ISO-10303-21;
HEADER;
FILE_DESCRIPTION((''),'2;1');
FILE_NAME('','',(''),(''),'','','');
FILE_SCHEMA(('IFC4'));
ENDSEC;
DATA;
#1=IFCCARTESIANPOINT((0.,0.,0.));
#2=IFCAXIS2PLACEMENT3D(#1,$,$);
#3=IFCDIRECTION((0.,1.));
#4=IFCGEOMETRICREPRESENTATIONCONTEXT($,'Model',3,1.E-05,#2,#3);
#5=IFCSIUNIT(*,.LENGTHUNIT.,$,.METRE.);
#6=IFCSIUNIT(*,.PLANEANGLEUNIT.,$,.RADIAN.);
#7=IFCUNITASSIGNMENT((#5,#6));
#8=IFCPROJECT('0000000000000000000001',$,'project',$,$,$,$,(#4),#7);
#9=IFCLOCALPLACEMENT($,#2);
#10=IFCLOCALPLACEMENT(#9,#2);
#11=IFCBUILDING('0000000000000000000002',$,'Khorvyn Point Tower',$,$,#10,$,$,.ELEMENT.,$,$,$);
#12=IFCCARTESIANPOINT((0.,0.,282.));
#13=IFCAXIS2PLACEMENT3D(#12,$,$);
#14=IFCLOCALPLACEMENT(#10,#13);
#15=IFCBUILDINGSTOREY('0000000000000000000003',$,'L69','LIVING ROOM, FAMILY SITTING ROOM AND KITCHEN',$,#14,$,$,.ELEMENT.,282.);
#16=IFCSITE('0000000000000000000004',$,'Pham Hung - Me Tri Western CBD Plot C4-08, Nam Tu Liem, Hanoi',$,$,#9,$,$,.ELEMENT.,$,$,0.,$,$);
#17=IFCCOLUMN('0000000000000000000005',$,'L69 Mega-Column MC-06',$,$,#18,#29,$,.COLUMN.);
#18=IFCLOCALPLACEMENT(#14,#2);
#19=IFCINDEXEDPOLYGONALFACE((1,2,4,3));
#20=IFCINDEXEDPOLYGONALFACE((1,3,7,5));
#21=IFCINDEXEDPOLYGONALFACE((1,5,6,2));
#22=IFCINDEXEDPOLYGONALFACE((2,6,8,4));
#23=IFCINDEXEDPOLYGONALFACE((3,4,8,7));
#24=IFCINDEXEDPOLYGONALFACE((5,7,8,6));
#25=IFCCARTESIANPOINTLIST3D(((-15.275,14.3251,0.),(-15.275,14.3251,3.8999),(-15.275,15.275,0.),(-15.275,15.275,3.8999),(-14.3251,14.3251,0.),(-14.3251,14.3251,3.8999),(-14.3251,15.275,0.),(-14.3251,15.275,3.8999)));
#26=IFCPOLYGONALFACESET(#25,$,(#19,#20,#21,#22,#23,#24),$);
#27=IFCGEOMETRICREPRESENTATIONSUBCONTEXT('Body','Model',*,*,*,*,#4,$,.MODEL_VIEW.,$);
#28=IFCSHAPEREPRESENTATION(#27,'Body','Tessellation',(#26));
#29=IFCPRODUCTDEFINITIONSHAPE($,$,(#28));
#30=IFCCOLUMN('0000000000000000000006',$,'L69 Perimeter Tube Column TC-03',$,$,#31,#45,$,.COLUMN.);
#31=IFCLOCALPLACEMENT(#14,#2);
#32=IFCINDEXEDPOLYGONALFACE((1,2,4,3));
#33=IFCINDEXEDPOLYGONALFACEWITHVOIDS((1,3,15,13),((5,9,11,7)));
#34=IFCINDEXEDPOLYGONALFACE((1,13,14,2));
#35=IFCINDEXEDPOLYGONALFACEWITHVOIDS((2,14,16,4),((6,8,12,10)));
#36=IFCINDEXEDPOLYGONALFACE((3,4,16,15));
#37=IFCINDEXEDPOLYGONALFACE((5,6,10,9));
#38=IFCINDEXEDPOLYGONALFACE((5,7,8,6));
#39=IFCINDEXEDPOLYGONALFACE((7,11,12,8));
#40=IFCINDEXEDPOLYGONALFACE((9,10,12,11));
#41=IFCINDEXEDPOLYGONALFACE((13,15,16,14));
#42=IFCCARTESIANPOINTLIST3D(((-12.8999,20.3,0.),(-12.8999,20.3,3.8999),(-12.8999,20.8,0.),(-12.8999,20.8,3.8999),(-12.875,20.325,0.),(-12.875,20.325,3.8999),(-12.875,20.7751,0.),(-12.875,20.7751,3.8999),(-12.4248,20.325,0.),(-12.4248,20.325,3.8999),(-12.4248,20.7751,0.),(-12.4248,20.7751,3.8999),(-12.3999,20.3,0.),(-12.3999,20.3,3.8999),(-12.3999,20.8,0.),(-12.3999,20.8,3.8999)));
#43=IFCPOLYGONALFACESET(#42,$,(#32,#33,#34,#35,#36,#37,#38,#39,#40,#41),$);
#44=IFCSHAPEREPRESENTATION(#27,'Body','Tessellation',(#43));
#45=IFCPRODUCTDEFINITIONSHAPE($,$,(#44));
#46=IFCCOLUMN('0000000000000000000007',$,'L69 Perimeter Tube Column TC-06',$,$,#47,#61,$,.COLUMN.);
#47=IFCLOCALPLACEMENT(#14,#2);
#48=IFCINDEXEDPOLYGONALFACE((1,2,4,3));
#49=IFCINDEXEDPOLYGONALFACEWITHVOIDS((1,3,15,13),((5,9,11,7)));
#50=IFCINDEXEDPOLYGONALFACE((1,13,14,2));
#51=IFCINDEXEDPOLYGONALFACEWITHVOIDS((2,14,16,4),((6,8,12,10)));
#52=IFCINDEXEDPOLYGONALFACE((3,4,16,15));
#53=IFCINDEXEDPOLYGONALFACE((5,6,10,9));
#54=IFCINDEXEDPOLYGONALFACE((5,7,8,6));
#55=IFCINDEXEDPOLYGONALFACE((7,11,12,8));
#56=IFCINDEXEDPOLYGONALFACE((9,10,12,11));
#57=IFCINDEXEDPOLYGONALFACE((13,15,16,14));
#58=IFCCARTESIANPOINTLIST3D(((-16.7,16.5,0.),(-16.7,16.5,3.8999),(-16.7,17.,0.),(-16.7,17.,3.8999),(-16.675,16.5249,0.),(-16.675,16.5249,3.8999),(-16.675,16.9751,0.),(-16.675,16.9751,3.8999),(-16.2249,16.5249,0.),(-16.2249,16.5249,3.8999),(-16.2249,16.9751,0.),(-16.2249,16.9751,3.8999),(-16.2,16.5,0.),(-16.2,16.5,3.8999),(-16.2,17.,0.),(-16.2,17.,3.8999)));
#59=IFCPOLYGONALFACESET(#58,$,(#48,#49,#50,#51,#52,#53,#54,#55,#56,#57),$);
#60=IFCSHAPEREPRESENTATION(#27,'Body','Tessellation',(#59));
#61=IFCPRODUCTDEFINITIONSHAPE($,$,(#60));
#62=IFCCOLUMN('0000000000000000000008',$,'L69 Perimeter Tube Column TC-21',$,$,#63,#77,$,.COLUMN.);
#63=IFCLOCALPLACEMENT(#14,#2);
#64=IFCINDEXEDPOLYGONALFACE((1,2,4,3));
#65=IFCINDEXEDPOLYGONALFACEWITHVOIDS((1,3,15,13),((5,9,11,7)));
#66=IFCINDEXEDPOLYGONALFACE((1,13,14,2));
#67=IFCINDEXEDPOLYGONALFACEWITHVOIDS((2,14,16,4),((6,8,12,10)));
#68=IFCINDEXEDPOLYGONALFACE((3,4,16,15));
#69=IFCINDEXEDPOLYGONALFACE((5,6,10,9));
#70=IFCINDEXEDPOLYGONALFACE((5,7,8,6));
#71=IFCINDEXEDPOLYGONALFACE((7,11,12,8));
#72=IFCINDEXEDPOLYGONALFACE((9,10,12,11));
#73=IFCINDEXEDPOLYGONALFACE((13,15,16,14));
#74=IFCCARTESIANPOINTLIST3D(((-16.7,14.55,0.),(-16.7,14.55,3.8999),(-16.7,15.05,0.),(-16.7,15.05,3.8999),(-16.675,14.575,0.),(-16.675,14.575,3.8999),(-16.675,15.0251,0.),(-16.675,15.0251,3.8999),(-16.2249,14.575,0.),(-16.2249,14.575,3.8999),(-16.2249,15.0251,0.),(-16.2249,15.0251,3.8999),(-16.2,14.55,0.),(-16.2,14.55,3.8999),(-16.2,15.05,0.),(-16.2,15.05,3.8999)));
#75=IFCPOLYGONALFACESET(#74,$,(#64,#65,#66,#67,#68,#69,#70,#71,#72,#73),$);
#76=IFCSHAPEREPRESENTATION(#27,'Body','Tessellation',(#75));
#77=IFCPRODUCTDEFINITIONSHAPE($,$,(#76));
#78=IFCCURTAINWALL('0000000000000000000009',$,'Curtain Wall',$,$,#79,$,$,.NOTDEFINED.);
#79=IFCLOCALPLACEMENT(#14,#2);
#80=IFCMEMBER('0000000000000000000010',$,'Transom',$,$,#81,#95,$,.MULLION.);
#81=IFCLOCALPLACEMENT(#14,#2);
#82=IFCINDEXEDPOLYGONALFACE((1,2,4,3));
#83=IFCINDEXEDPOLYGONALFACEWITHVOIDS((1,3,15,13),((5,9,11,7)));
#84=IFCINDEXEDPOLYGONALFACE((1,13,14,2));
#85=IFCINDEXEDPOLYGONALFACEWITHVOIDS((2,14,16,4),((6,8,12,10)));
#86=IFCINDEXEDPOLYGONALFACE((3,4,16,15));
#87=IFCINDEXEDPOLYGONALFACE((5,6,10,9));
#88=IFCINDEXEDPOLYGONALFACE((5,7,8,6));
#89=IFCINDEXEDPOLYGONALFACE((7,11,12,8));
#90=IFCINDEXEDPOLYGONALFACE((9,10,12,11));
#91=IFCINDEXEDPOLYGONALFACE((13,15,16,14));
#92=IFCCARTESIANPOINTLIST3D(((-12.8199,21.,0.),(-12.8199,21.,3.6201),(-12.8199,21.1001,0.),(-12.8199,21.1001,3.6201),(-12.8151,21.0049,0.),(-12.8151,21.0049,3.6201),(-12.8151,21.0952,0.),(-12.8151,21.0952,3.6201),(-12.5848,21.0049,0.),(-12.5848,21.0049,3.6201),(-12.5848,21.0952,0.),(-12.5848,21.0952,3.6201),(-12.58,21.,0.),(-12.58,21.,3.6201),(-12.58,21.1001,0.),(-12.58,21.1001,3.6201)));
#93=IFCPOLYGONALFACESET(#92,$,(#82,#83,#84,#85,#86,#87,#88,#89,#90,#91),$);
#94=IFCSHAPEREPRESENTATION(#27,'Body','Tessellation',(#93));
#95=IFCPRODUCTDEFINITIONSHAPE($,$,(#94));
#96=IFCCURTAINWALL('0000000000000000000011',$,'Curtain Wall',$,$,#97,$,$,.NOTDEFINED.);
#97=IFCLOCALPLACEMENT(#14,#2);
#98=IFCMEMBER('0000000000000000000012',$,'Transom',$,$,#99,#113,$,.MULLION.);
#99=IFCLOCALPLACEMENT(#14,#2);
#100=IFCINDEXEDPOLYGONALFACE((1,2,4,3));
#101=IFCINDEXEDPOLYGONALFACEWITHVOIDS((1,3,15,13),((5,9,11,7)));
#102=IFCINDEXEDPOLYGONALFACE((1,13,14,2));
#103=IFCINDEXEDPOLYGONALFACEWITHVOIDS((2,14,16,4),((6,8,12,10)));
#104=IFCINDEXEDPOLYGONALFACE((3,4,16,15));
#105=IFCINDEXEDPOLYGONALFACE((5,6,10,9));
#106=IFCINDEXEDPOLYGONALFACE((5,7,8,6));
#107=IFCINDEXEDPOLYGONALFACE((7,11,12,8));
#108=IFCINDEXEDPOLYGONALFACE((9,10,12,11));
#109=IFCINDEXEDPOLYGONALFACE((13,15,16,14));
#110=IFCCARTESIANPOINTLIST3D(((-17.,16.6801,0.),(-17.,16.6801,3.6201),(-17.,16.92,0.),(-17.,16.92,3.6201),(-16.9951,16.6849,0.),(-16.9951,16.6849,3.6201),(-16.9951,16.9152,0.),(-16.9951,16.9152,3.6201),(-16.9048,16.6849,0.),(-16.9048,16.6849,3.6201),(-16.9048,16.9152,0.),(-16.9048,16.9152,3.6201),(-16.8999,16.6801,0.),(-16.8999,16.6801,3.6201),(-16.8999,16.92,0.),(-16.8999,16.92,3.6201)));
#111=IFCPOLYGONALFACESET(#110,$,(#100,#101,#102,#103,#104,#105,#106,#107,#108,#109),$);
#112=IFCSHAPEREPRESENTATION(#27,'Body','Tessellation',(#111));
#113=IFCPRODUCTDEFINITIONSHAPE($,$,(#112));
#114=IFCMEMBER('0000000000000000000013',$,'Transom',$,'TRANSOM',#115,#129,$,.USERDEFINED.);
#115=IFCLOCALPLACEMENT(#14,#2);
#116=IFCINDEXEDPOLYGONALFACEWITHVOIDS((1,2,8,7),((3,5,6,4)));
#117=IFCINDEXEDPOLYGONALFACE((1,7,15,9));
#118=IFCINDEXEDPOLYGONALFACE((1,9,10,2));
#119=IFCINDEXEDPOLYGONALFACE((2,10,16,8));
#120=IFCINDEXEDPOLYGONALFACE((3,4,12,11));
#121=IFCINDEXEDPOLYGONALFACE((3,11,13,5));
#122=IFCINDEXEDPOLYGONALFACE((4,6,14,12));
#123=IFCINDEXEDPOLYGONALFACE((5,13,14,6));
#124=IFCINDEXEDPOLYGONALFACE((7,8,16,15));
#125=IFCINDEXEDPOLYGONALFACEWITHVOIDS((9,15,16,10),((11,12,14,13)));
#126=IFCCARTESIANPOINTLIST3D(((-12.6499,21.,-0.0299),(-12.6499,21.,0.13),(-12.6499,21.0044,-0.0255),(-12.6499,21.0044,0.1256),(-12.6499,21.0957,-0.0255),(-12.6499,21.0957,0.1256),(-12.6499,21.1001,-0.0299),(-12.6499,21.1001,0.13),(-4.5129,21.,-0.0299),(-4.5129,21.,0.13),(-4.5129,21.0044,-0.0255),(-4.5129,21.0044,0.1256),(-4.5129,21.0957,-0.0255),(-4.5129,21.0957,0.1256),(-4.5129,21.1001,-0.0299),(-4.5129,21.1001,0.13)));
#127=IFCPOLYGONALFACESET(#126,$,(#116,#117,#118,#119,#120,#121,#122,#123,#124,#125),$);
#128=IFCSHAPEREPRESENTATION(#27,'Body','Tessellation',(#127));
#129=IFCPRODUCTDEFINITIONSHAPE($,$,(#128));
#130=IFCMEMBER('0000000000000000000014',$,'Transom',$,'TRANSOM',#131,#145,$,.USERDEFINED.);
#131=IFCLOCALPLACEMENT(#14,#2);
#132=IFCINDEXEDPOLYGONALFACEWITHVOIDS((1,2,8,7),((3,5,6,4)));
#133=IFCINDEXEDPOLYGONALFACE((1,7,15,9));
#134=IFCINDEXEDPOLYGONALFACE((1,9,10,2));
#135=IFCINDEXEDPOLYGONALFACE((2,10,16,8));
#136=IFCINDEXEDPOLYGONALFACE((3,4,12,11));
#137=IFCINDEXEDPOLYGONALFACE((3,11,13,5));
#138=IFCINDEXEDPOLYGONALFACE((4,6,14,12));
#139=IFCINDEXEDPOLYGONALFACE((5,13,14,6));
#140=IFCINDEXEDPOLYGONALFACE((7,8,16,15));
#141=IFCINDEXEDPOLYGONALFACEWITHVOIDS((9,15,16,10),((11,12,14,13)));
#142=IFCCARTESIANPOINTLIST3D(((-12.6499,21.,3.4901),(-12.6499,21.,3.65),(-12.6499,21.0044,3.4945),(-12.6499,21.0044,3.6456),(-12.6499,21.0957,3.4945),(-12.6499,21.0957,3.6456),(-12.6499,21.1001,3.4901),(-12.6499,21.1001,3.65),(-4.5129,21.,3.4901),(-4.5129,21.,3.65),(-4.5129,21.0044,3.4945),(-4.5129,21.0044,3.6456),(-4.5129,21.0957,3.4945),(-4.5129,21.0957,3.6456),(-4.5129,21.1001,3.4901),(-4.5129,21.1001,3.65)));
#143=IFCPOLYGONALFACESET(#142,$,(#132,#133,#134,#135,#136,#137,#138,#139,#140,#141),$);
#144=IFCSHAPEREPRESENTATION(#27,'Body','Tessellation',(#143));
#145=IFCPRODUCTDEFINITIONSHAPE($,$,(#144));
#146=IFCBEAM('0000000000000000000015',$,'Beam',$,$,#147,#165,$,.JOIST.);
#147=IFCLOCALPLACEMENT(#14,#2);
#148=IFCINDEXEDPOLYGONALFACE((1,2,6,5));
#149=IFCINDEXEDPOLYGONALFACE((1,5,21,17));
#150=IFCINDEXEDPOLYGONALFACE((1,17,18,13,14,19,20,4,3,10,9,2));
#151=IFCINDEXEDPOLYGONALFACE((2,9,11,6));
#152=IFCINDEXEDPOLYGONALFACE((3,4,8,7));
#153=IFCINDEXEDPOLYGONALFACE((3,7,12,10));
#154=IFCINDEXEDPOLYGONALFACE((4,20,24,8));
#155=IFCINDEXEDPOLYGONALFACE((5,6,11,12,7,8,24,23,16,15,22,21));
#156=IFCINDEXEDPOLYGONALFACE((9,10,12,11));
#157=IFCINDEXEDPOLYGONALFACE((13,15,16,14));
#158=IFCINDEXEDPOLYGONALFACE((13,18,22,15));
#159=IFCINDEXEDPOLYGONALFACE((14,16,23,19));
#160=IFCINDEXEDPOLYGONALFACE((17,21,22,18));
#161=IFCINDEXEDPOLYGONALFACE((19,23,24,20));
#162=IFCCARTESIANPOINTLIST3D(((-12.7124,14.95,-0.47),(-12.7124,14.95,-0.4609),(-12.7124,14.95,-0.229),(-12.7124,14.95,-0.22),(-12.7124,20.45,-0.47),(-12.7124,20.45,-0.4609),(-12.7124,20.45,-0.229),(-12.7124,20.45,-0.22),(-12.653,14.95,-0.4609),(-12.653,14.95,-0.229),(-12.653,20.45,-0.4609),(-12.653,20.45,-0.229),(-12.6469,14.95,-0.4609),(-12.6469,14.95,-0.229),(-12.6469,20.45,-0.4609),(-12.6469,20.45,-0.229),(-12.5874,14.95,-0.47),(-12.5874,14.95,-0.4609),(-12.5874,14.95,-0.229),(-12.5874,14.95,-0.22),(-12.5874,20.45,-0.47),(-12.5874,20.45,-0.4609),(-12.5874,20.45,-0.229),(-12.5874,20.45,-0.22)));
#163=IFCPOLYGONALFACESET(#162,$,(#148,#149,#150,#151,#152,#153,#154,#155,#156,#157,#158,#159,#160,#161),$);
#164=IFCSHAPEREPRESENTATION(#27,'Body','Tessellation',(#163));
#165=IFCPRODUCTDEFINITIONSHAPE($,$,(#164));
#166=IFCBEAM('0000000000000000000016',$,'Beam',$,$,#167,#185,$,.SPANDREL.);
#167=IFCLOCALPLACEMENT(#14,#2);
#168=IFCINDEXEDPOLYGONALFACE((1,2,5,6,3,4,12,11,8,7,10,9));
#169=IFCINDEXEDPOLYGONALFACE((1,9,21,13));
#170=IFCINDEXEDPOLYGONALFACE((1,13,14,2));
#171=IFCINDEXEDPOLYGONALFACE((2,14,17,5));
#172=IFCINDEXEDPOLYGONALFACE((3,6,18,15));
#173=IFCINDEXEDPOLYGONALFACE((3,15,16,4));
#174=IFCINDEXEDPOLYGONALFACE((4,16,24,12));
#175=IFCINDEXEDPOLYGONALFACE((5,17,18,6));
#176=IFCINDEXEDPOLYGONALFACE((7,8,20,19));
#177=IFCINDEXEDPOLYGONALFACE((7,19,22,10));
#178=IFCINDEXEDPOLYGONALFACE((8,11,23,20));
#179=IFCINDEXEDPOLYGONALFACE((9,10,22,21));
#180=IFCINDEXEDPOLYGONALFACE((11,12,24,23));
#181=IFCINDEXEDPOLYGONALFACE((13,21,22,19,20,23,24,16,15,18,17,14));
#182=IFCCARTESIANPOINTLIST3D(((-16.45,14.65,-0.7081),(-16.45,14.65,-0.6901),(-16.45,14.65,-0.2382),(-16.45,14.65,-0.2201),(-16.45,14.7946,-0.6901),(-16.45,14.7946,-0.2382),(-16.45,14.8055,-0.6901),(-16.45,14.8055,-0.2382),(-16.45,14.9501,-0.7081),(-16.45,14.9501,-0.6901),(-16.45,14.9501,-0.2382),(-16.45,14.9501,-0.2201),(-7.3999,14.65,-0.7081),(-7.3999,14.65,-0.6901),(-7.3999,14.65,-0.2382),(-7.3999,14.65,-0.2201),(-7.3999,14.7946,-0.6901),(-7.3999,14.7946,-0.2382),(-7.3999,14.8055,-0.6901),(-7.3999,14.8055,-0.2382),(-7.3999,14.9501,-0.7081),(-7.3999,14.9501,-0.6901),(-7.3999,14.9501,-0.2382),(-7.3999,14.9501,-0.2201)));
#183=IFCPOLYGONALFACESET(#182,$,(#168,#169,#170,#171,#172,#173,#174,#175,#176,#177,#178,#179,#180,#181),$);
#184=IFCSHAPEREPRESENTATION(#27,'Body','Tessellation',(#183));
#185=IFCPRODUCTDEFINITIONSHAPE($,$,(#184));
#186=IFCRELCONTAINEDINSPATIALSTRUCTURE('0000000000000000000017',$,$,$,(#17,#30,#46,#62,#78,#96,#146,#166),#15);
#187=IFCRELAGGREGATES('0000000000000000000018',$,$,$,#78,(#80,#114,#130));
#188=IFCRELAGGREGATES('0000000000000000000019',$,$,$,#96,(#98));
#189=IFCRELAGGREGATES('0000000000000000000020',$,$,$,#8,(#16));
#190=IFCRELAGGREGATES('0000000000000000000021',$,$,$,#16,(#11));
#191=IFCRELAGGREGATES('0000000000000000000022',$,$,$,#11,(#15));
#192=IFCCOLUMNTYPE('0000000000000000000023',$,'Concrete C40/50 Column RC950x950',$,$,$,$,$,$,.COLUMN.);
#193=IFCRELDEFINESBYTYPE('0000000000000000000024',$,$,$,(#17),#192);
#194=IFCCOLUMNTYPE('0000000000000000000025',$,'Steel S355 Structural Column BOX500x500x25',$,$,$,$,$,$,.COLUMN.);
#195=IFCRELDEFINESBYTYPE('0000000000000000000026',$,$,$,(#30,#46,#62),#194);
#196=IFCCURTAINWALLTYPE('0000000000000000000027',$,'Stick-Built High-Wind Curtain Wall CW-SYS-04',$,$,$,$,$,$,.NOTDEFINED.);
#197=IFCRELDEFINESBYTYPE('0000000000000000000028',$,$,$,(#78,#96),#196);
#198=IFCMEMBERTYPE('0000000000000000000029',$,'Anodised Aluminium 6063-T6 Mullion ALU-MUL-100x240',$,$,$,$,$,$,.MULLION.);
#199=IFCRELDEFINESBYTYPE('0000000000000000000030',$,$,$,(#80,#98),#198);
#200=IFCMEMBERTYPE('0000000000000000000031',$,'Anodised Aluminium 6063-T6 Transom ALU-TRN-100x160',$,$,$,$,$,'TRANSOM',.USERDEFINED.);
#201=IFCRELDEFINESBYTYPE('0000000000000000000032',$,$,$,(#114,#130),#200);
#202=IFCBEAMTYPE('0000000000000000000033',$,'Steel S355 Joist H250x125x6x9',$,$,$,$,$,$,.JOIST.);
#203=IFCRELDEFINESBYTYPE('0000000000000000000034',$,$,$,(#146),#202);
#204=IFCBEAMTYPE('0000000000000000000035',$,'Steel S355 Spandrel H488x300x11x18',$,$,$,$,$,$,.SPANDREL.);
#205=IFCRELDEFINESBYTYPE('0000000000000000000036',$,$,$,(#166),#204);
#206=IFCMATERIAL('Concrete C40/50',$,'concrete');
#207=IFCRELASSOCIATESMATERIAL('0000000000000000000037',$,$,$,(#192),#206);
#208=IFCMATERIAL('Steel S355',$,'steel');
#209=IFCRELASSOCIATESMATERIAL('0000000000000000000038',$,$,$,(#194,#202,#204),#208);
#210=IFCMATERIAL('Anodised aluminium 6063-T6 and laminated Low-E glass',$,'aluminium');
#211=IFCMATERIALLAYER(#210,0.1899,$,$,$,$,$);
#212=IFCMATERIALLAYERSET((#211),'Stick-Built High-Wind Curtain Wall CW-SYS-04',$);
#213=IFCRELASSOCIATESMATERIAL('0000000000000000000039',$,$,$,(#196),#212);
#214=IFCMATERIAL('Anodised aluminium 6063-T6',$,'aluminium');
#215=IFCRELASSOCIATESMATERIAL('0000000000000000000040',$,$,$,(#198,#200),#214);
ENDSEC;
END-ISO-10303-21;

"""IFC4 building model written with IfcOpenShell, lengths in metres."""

from ifc_helpers import new_model, si_unit, direction, frame, origin, origin_2d, place, context, subcontext, project, spatial, rectangle, hollow_rectangle, i_section, extrude, material, layer, layer_set, material_profile, profile_set, type_object, element, aggregate, save


model = new_model("IFC4")

# Units and contexts
model_context = context("Model", 3, precision=1e-05, world=origin(), true_north=direction((0.0, 1.0)))
body_context = subcontext(model_context, "Body", "Model", "MODEL_VIEW")
ifc_project = project(units=[si_unit("LENGTHUNIT", "METRE"), si_unit("PLANEANGLEUNIT", "RADIAN")], contexts=[model_context])

# Site, building, storey
site_placement = place(None, origin())
site = spatial("IfcSite", under=ifc_project, at=site_placement, Name="Pham Hung - Me Tri Western CBD Plot C4-08, Nam Tu Liem, Hanoi", CompositionType="ELEMENT", RefElevation=0.0)
building_placement = place(site_placement, origin())
building = spatial("IfcBuilding", under=site, at=building_placement, Name="Khorvyn Point Tower", CompositionType="ELEMENT")
storey_placement = place(building_placement, frame((0.0, 0.0, 282.0)))
storey = spatial("IfcBuildingStorey", under=building, at=storey_placement, Name="L69", Description="LIVING ROOM, FAMILY SITTING ROOM AND KITCHEN", CompositionType="ELEMENT", Elevation=282.0)

# Columns
ifc_material_1 = material(Name="Concrete C40/50", Category="concrete")
ifc_material_profile_1 = material_profile(ifc_material_1, rectangle(XDim=0.95, YDim=0.95, at=origin_2d()))
ifc_profile_set_1 = profile_set([ifc_material_profile_1], Name="Concrete C40/50 RC950x950")
column_type_1 = type_object("IfcColumnType", Name="Concrete C40/50 Column RC950x950", PredefinedType="COLUMN", material=ifc_profile_set_1)
column_placement = place(storey_placement, frame((-14.8, 14.8, 0.0), z_axis=(0.0, 0.0, 1.0), x_axis=(1.0, 0.0, 0.0)))
element("IfcColumn", 1, at=column_placement, inside=storey, type_object=column_type_1, Name="L69 Mega-Column MC-06", PredefinedType="COLUMN", context=body_context, shape_type="SweptSolid", body=[
    extrude(rectangle(XDim=0.95, YDim=0.95, at=origin_2d()), origin(), (0.0, 0.0, 1.0), 3.8999),
])
ifc_material_2 = material(Name="Steel S355", Category="steel")
ifc_material_profile_2 = material_profile(ifc_material_2, hollow_rectangle(XDim=0.5, YDim=0.5, WallThickness=0.0249, at=origin_2d()))
ifc_profile_set_2 = profile_set([ifc_material_profile_2], Name="Steel S355 BOX500x500x25")
column_type_2 = type_object("IfcColumnType", Name="Steel S355 Structural Column BOX500x500x25", PredefinedType="COLUMN", material=ifc_profile_set_2)
for number, where, z_axis, x_axis, name in (
    (2, (-12.6499, 20.55, 0.0), (0.0, 0.0, 1.0), (1.0, 0.0, 0.0), "L69 Perimeter Tube Column TC-03"),
    (3, (-16.45, 16.75, 0.0), (0.0, 0.0, 1.0), (1.0, 0.0, 0.0), "L69 Perimeter Tube Column TC-06"),
    (4, (-16.45, 14.8, 0.0), (0.0, 0.0, 1.0), (1.0, 0.0, 0.0), "L69 Perimeter Tube Column TC-21"),
):
    element("IfcColumn", number, at=place(storey_placement, frame(where, z_axis=z_axis, x_axis=x_axis)), inside=storey, type_object=column_type_2, Name=name, PredefinedType="COLUMN", context=body_context, shape_type="SweptSolid", body=[
        extrude(hollow_rectangle(XDim=0.5, YDim=0.5, WallThickness=0.0249, at=origin_2d()), origin(), (0.0, 0.0, 1.0), 3.8999),
    ])

# Curtain walls, members
ifc_material_3 = material(Name="Anodised aluminium 6063-T6 and laminated Low-E glass", Category="aluminium")
ifc_layer_1 = layer(ifc_material_3, 0.1899)
ifc_layer_set_1 = layer_set([ifc_layer_1], Name="Stick-Built High-Wind Curtain Wall CW-SYS-04")
curtain_wall_type = type_object("IfcCurtainWallType", Name="Stick-Built High-Wind Curtain Wall CW-SYS-04", PredefinedType="NOTDEFINED", material=ifc_layer_set_1)
curtain_wall_1_placement = place(storey_placement, origin())
curtain_wall_1 = element("IfcCurtainWall", 5, at=curtain_wall_1_placement, inside=storey, type_object=curtain_wall_type, Name="Curtain Wall", PredefinedType="NOTDEFINED")
ifc_material_4 = material(Name="Anodised aluminium 6063-T6", Category="aluminium")
ifc_material_profile_3 = material_profile(ifc_material_4, hollow_rectangle(XDim=0.1001, YDim=0.24, WallThickness=0.0049, at=origin_2d()))
ifc_profile_set_3 = profile_set([ifc_material_profile_3], Name="Anodised aluminium 6063-T6 ALU-MUL-100x240")
member_type_1 = type_object("IfcMemberType", Name="Anodised Aluminium 6063-T6 Mullion ALU-MUL-100x240", PredefinedType="MULLION", material=ifc_profile_set_3)
member_1_placement = place(storey_placement, frame((-12.7, 21.05, 0.0), z_axis=(0.0, 0.0, 1.0), x_axis=(0.0, 1.0, 0.0)))
member_1 = element("IfcMember", 6, at=member_1_placement, type_object=member_type_1, Name="Transom", PredefinedType="MULLION", context=body_context, shape_type="SweptSolid", body=[
    extrude(hollow_rectangle(XDim=0.1001, YDim=0.24, WallThickness=0.0049, at=origin_2d()), origin(), (0.0, 0.0, 1.0), 3.6201),
])
curtain_wall_2_placement = place(storey_placement, origin())
curtain_wall_2 = element("IfcCurtainWall", 7, at=curtain_wall_2_placement, inside=storey, type_object=curtain_wall_type, Name="Curtain Wall", PredefinedType="NOTDEFINED")
member_2_placement = place(storey_placement, frame((-16.95, 16.8, 0.0), z_axis=(0.0, 0.0, 1.0), x_axis=(-1.0, 0.0, 0.0)))
member_2 = element("IfcMember", 8, at=member_2_placement, type_object=member_type_1, Name="Transom", PredefinedType="MULLION", context=body_context, shape_type="SweptSolid", body=[
    extrude(hollow_rectangle(XDim=0.1001, YDim=0.24, WallThickness=0.0049, at=origin_2d()), origin(), (0.0, 0.0, 1.0), 3.6201),
])

# Members
ifc_material_profile_4 = material_profile(ifc_material_4, hollow_rectangle(XDim=0.1001, YDim=0.1599, WallThickness=0.0044, at=origin_2d()))
ifc_profile_set_4 = profile_set([ifc_material_profile_4], Name="Anodised aluminium 6063-T6 ALU-TRN-100x160")
member_type_2 = type_object("IfcMemberType", Name="Anodised Aluminium 6063-T6 Transom ALU-TRN-100x160", ElementType="TRANSOM", PredefinedType="USERDEFINED", material=ifc_profile_set_4)
member_3_placement = place(storey_placement, frame((-12.6499, 21.05, 0.05), z_axis=(1.0, 0.0, 0.0), x_axis=(0.0, 1.0, 0.0)))
member_3 = element("IfcMember", 9, at=member_3_placement, type_object=member_type_2, Name="Transom", ObjectType="TRANSOM", PredefinedType="USERDEFINED", context=body_context, shape_type="SweptSolid", body=[
    extrude(hollow_rectangle(XDim=0.1001, YDim=0.1599, WallThickness=0.0044, at=origin_2d()), origin(), (0.0, 0.0, 1.0), 8.137),
])
member_4_placement = place(storey_placement, frame((-12.6499, 21.05, 3.5701), z_axis=(1.0, 0.0, 0.0), x_axis=(0.0, 1.0, 0.0)))
member_4 = element("IfcMember", 10, at=member_4_placement, type_object=member_type_2, Name="Transom", ObjectType="TRANSOM", PredefinedType="USERDEFINED", context=body_context, shape_type="SweptSolid", body=[
    extrude(hollow_rectangle(XDim=0.1001, YDim=0.1599, WallThickness=0.0044, at=origin_2d()), origin(), (0.0, 0.0, 1.0), 8.137),
])

# Beams
ifc_material_profile_5 = material_profile(ifc_material_2, i_section(OverallWidth=0.125, OverallDepth=0.25, WebThickness=0.0061, FlangeThickness=0.009, at=origin_2d()))
ifc_profile_set_5 = profile_set([ifc_material_profile_5], Name="Steel S355 H250x125x6x9")
beam_type_1 = type_object("IfcBeamType", Name="Steel S355 Joist H250x125x6x9", PredefinedType="JOIST", material=ifc_profile_set_5)
beam_1_placement = place(storey_placement, frame((-12.6499, 14.95, -0.345), z_axis=(0.0, 1.0, 0.0), x_axis=(-1.0, 0.0, 0.0)))
element("IfcBeam", 11, at=beam_1_placement, inside=storey, type_object=beam_type_1, Name="Beam", PredefinedType="JOIST", context=body_context, shape_type="SweptSolid", body=[
    extrude(i_section(OverallWidth=0.125, OverallDepth=0.25, WebThickness=0.0061, FlangeThickness=0.009, at=origin_2d()), origin(), (0.0, 0.0, 1.0), 5.5),
])
ifc_material_profile_6 = material_profile(ifc_material_2, i_section(OverallWidth=0.3, OverallDepth=0.488, WebThickness=0.011, FlangeThickness=0.0181, at=origin_2d()))
ifc_profile_set_6 = profile_set([ifc_material_profile_6], Name="Steel S355 H488x300x11x18")
beam_type_2 = type_object("IfcBeamType", Name="Steel S355 Spandrel H488x300x11x18", PredefinedType="SPANDREL", material=ifc_profile_set_6)
beam_2_placement = place(storey_placement, frame((-16.45, 14.8, -0.4641), z_axis=(1.0, 0.0, 0.0), x_axis=(0.0, 1.0, 0.0)))
element("IfcBeam", 12, at=beam_2_placement, inside=storey, type_object=beam_type_2, Name="Beam", PredefinedType="SPANDREL", context=body_context, shape_type="SweptSolid", body=[
    extrude(i_section(OverallWidth=0.3, OverallDepth=0.488, WebThickness=0.011, FlangeThickness=0.0181, at=origin_2d()), origin(), (0.0, 0.0, 1.0), 9.05),
])

aggregate(curtain_wall_1, [member_1, member_3, member_4])
aggregate(curtain_wall_2, [member_2])

save(model, "model.ifc")
